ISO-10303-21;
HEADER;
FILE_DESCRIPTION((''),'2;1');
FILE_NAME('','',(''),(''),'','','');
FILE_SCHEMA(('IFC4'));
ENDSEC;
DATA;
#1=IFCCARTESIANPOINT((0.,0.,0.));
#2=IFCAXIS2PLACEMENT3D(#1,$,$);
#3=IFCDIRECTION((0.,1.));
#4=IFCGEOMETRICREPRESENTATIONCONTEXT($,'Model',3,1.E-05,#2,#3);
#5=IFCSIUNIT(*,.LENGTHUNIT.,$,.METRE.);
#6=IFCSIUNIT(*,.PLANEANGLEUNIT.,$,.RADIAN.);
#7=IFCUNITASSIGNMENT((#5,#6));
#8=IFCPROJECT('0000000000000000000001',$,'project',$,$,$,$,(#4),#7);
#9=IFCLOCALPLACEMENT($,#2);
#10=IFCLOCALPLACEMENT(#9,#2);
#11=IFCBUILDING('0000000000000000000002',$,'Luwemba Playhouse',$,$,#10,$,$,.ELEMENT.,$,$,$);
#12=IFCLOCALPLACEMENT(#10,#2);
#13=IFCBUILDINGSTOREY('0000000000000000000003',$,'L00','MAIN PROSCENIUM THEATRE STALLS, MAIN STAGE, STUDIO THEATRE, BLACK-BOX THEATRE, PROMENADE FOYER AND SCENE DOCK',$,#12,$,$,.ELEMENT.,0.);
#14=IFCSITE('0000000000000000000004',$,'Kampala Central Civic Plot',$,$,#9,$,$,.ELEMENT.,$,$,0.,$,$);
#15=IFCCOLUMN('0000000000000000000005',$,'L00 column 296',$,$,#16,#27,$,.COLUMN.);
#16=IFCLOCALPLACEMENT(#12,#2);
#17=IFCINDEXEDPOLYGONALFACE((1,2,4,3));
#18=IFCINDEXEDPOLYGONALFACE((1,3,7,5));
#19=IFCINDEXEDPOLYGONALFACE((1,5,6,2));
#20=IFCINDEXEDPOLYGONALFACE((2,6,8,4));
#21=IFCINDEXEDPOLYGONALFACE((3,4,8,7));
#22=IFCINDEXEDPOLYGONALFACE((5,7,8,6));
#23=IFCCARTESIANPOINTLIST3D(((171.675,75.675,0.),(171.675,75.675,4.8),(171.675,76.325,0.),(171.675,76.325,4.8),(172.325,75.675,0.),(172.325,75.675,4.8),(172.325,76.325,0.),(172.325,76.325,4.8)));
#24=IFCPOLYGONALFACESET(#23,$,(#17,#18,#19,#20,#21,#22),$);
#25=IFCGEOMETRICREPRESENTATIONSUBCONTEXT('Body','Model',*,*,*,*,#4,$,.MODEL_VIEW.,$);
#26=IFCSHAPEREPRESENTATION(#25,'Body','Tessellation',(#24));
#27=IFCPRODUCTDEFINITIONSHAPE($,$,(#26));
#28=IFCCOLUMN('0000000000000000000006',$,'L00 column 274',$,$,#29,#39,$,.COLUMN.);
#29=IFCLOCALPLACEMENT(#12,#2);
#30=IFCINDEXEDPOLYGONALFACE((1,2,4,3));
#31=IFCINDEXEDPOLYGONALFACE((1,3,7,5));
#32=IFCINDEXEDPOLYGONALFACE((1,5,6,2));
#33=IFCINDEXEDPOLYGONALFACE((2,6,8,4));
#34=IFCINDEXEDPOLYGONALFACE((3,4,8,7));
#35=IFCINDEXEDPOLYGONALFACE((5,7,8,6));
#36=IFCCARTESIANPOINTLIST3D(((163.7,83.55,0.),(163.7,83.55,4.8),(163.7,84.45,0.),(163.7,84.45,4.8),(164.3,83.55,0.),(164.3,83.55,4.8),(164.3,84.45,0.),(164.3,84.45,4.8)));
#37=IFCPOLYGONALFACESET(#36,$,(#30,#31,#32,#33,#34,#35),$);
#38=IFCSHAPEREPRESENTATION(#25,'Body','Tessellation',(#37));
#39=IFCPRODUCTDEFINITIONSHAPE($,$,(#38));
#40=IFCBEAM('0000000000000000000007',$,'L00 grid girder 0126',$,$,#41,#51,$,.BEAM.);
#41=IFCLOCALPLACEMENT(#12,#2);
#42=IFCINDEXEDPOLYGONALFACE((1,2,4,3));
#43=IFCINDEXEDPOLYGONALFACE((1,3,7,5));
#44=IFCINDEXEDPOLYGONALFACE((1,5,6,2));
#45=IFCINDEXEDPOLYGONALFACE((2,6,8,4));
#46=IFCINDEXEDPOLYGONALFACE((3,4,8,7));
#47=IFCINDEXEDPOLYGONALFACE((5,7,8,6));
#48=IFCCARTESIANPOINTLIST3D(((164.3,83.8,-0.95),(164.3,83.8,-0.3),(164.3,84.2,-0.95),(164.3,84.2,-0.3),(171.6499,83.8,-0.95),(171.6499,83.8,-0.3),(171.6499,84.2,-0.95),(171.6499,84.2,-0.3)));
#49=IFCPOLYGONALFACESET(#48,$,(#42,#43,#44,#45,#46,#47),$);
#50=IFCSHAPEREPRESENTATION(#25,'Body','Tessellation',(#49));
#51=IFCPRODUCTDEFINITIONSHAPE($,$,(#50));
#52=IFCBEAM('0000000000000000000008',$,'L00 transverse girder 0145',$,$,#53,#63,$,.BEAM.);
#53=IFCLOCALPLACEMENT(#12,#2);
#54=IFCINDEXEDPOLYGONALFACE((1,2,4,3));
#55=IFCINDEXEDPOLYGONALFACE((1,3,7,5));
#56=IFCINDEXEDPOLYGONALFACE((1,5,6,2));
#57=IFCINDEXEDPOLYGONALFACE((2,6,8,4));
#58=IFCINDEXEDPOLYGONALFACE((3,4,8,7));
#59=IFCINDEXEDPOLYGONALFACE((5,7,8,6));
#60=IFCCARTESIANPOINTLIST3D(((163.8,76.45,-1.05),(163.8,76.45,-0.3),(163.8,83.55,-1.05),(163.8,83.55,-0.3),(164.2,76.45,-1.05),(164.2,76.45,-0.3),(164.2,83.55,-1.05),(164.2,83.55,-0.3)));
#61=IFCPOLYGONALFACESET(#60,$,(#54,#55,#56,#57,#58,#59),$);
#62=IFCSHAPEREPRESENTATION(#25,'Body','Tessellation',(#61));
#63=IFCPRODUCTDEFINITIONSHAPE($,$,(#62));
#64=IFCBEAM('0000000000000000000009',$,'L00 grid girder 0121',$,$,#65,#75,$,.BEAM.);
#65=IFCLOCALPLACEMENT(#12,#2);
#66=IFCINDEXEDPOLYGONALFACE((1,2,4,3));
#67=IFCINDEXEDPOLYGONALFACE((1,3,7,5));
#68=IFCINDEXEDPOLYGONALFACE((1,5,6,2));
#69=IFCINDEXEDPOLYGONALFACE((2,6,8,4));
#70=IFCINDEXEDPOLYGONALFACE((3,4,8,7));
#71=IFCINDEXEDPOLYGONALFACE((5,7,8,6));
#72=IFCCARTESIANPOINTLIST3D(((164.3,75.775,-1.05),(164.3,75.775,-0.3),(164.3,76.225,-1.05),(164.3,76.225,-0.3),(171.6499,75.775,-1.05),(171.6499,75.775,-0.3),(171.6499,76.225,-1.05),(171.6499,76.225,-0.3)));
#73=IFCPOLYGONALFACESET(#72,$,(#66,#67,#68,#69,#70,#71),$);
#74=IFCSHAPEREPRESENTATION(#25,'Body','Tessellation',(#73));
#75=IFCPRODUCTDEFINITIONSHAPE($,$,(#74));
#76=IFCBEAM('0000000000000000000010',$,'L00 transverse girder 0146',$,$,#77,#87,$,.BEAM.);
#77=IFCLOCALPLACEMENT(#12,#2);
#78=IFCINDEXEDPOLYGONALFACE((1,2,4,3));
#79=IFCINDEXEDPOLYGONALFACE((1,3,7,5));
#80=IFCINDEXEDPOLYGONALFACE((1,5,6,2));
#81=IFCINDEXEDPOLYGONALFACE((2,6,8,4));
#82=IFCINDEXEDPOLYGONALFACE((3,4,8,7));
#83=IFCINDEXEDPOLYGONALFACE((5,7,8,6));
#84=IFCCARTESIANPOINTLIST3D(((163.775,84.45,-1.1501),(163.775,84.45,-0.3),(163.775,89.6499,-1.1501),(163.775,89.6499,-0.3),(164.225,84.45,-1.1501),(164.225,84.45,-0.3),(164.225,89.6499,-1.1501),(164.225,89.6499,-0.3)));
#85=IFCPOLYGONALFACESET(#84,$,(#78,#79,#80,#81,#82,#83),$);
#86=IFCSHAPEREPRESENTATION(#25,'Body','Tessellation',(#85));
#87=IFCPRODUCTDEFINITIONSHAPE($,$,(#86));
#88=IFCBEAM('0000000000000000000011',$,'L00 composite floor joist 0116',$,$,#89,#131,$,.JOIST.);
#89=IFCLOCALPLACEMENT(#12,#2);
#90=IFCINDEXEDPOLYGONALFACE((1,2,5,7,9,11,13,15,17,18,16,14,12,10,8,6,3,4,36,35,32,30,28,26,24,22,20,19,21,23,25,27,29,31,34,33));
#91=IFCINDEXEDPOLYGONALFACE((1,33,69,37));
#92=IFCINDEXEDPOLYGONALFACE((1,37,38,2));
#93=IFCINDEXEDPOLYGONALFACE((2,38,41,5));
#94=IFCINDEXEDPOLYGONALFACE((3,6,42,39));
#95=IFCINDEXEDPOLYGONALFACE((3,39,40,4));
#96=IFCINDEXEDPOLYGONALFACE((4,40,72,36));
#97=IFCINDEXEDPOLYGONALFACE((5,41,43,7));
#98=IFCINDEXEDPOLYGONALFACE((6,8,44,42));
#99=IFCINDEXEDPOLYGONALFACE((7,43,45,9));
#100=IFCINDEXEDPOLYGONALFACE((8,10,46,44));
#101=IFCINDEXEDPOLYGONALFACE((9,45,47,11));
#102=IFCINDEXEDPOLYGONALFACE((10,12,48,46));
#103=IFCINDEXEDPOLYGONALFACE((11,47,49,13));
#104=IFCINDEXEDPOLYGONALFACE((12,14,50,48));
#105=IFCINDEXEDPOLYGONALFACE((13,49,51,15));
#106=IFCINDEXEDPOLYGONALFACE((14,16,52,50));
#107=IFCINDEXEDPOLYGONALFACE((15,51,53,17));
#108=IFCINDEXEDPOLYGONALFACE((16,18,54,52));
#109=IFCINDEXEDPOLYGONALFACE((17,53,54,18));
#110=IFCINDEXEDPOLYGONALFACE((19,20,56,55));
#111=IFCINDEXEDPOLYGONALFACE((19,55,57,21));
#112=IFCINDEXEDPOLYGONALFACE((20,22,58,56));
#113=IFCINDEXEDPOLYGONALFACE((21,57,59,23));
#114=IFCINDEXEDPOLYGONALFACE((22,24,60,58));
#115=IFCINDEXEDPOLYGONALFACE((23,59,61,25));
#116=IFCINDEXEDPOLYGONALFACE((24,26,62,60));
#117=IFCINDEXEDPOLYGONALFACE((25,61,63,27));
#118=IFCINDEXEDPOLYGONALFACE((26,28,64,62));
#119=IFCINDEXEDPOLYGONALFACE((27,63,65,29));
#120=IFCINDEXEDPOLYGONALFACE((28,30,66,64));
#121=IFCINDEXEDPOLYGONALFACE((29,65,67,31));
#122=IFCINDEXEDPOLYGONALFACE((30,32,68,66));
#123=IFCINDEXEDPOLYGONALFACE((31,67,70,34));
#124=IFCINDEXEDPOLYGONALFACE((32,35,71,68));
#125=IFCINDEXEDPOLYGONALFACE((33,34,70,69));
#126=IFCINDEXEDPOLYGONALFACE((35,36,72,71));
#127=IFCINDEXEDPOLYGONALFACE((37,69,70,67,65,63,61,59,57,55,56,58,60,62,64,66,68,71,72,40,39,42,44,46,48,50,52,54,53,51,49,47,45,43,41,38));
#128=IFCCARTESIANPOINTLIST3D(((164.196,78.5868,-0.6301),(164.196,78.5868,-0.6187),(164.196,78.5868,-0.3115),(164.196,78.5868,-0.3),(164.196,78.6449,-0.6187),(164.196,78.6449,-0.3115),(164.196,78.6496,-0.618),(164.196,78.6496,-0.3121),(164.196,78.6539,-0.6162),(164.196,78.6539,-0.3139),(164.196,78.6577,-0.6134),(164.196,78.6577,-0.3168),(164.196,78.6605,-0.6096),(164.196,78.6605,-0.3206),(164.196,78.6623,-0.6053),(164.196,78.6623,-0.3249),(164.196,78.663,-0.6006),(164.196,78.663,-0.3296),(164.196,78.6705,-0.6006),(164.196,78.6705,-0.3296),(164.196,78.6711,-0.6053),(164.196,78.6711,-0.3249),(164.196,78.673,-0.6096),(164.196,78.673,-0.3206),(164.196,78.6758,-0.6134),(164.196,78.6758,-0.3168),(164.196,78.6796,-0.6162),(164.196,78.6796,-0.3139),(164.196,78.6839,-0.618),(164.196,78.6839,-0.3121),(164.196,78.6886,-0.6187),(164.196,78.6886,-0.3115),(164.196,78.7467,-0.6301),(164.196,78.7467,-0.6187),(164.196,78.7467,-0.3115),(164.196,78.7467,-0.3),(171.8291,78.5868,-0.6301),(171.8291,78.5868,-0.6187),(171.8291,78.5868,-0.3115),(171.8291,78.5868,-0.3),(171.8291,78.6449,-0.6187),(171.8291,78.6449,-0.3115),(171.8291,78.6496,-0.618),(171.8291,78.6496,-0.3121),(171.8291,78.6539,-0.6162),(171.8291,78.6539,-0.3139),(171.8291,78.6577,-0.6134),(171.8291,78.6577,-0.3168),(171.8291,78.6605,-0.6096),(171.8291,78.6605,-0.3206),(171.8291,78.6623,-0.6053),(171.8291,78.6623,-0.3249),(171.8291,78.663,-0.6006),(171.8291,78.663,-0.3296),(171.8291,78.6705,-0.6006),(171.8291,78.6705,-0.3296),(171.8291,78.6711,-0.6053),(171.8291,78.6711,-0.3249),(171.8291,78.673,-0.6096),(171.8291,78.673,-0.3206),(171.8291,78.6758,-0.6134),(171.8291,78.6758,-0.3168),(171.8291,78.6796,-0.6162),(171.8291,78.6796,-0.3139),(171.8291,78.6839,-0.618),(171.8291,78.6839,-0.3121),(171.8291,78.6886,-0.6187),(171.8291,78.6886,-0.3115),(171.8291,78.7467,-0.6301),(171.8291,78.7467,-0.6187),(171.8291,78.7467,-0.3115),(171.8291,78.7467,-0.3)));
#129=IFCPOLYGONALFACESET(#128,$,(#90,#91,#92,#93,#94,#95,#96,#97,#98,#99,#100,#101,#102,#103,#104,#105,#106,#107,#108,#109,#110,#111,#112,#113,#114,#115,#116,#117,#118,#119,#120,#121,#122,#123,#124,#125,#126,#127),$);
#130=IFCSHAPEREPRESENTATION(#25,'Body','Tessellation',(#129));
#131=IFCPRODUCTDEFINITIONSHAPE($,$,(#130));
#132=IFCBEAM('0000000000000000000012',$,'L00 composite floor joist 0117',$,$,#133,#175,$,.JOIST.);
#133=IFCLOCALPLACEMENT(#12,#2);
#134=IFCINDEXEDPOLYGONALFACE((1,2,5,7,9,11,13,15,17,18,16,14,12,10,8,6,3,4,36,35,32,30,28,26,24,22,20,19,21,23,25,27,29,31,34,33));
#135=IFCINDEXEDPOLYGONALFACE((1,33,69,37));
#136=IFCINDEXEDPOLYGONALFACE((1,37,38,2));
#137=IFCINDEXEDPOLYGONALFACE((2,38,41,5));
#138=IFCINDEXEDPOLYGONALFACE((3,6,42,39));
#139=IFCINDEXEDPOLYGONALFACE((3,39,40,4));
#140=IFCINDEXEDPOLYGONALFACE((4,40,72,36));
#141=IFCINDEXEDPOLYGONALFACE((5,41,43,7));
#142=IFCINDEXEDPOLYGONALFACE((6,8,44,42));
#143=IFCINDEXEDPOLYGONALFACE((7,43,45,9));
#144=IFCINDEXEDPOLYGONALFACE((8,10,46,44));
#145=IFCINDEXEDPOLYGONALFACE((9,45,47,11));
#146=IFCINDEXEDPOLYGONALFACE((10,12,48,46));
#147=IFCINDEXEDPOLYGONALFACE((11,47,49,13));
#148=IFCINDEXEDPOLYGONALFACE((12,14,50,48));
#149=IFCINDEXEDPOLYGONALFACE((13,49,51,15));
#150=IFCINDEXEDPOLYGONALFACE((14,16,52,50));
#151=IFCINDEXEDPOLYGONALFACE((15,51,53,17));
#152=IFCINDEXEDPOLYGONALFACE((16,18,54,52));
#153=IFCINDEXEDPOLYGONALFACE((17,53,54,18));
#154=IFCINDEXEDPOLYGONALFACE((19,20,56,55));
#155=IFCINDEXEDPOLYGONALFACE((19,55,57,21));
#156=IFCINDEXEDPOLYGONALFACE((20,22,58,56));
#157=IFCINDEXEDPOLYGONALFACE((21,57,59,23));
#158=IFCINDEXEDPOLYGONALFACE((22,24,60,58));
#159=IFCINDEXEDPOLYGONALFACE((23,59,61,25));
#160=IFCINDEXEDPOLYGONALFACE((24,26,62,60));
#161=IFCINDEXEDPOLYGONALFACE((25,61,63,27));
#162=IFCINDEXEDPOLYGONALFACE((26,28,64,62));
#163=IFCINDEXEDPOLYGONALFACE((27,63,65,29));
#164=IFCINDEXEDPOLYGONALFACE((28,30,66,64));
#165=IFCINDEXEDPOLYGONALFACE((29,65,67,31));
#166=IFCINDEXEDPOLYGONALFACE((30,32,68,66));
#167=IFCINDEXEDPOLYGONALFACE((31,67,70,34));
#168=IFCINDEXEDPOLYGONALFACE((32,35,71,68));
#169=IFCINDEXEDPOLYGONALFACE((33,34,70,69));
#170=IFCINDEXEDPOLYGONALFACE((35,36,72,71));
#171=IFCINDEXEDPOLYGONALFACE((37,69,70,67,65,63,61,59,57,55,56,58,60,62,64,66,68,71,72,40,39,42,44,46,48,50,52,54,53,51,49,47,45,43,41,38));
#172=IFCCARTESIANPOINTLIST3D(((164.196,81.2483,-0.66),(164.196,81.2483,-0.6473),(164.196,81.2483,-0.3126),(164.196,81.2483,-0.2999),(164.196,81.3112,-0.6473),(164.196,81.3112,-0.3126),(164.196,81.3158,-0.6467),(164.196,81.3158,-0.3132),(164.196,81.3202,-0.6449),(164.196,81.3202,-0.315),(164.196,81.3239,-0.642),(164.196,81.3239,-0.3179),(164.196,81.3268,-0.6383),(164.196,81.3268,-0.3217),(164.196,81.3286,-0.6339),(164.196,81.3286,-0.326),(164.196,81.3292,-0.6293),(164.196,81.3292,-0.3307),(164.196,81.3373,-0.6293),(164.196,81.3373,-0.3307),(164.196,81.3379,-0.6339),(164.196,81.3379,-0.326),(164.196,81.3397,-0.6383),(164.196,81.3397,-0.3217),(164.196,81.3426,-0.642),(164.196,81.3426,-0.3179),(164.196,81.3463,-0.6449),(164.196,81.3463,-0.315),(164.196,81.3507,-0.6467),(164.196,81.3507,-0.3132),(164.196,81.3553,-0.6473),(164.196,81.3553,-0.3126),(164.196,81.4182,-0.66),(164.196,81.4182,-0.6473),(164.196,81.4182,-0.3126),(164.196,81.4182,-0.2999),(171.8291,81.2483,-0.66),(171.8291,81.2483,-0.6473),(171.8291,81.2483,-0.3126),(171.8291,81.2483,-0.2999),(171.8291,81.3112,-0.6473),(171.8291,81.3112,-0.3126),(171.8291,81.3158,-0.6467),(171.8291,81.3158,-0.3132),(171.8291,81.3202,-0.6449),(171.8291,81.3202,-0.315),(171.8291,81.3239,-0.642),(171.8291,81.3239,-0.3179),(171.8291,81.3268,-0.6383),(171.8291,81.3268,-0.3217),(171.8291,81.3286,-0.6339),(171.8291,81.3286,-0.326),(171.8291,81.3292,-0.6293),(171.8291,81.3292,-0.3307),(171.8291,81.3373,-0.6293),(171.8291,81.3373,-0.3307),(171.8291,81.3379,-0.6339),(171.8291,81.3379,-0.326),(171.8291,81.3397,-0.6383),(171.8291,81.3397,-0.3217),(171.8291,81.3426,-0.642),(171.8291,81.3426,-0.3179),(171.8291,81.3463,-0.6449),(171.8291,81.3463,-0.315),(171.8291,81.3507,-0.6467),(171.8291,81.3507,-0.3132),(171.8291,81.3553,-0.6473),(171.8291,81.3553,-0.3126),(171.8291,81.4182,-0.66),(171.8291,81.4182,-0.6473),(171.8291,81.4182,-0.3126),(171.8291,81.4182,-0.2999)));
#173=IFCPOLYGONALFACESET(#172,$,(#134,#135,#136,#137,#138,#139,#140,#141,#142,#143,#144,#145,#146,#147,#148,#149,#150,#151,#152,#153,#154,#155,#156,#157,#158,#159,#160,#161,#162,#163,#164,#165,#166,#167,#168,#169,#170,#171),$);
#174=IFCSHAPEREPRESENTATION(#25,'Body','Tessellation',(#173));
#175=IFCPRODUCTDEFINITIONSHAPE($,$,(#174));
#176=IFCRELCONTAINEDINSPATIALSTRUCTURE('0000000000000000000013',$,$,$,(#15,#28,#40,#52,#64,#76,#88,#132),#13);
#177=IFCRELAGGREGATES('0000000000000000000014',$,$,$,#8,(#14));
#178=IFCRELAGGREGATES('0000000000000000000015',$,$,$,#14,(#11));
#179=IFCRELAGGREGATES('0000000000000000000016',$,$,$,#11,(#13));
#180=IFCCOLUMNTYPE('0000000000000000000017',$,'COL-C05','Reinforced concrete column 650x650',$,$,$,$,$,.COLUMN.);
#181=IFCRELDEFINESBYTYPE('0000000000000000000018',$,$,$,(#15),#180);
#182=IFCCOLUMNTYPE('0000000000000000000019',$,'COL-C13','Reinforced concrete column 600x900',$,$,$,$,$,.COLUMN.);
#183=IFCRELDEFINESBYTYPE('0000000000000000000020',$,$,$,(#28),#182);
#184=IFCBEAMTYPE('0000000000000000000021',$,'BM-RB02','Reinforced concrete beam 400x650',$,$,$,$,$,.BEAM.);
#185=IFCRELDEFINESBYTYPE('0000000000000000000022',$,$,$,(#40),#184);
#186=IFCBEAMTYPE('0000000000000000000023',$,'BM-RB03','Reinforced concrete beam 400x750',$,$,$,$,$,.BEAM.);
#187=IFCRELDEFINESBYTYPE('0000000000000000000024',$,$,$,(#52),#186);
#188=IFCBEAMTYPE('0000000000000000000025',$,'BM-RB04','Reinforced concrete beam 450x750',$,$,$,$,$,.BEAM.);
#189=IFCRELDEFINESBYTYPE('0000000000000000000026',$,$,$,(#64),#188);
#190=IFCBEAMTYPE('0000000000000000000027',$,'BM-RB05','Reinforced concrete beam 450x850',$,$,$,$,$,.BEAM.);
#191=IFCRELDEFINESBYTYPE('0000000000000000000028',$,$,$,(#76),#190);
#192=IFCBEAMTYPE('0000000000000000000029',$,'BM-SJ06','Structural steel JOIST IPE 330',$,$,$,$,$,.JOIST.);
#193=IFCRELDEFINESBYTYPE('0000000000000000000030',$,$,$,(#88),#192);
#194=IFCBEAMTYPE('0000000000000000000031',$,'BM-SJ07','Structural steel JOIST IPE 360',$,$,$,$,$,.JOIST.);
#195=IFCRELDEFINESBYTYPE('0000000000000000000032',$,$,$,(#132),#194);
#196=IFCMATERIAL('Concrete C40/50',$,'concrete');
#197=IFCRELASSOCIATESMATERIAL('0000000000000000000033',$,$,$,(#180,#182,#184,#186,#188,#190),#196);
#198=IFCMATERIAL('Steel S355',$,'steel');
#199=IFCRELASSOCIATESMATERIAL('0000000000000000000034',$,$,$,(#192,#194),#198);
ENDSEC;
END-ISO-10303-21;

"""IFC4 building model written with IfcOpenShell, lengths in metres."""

from ifc_helpers import new_model, si_unit, direction, frame, origin, origin_2d, place, context, subcontext, project, spatial, rectangle, i_section, extrude, material, material_profile, profile_set, type_object, element, save


model = new_model("IFC4")

# Units and contexts
model_context = context("Model", 3, precision=1e-05, world=origin(), true_north=direction((0.0, 1.0)))
body_context = subcontext(model_context, "Body", "Model", "MODEL_VIEW")
ifc_project = project(units=[si_unit("LENGTHUNIT", "METRE"), si_unit("PLANEANGLEUNIT", "RADIAN")], contexts=[model_context])

# Site, building, storey
site_placement = place(None, origin())
site = spatial("IfcSite", under=ifc_project, at=site_placement, Name="Kampala Central Civic Plot", CompositionType="ELEMENT", RefElevation=0.0)
building_placement = place(site_placement, origin())
building = spatial("IfcBuilding", under=site, at=building_placement, Name="Luwemba Playhouse", CompositionType="ELEMENT")
storey_placement = place(building_placement, origin())
storey = spatial("IfcBuildingStorey", under=building, at=storey_placement, Name="L00", Description="MAIN PROSCENIUM THEATRE STALLS, MAIN STAGE, STUDIO THEATRE, BLACK-BOX THEATRE, PROMENADE FOYER AND SCENE DOCK", CompositionType="ELEMENT", Elevation=0.0)

# Columns
ifc_material_1 = material(Name="Concrete C40/50", Category="concrete")
ifc_material_profile_1 = material_profile(ifc_material_1, rectangle(XDim=0.6499, YDim=0.6499, at=origin_2d()))
ifc_profile_set_1 = profile_set([ifc_material_profile_1], Name="Concrete C40/50")
column_type_1 = type_object("IfcColumnType", Name="COL-C05", Description="Reinforced concrete column 650x650", PredefinedType="COLUMN", material=ifc_profile_set_1)
column_1_placement = place(storey_placement, frame((172.0, 76.0, 0.0), z_axis=(0.0, 0.0, 1.0), x_axis=(1.0, 0.0, 0.0)))
element("IfcColumn", 1, at=column_1_placement, inside=storey, type_object=column_type_1, Name="L00 column 296", PredefinedType="COLUMN", context=body_context, shape_type="SweptSolid", body=[
    extrude(rectangle(XDim=0.6499, YDim=0.6499, at=origin_2d()), origin(), (0.0, 0.0, 1.0), 4.8),
])
ifc_material_profile_2 = material_profile(ifc_material_1, rectangle(XDim=0.6001, YDim=0.8999, at=origin_2d()))
ifc_profile_set_2 = profile_set([ifc_material_profile_2], Name="Concrete C40/50")
column_type_2 = type_object("IfcColumnType", Name="COL-C13", Description="Reinforced concrete column 600x900", PredefinedType="COLUMN", material=ifc_profile_set_2)
column_2_placement = place(storey_placement, frame((164.0, 84.0, 0.0), z_axis=(0.0, 0.0, 1.0), x_axis=(1.0, 0.0, 0.0)))
element("IfcColumn", 2, at=column_2_placement, inside=storey, type_object=column_type_2, Name="L00 column 274", PredefinedType="COLUMN", context=body_context, shape_type="SweptSolid", body=[
    extrude(rectangle(XDim=0.6001, YDim=0.8999, at=origin_2d()), origin(), (0.0, 0.0, 1.0), 4.8),
])

# Beams
ifc_material_profile_3 = material_profile(ifc_material_1, rectangle(XDim=0.3999, YDim=0.6499, at=origin_2d()))
ifc_profile_set_3 = profile_set([ifc_material_profile_3], Name="Concrete C40/50")
beam_type_1 = type_object("IfcBeamType", Name="BM-RB02", Description="Reinforced concrete beam 400x650", PredefinedType="BEAM", material=ifc_profile_set_3)
beam_1_placement = place(storey_placement, frame((164.3, 84.0, -0.625), z_axis=(1.0, 0.0, 0.0), x_axis=(0.0, 1.0, 0.0)))
element("IfcBeam", 3, at=beam_1_placement, inside=storey, type_object=beam_type_1, Name="L00 grid girder 0126", PredefinedType="BEAM", context=body_context, shape_type="SweptSolid", body=[
    extrude(rectangle(XDim=0.3999, YDim=0.6499, at=origin_2d()), origin(), (0.0, 0.0, 1.0), 7.3499),
])
ifc_material_profile_4 = material_profile(ifc_material_1, rectangle(XDim=0.3999, YDim=0.75, at=origin_2d()))
ifc_profile_set_4 = profile_set([ifc_material_profile_4], Name="Concrete C40/50")
beam_type_2 = type_object("IfcBeamType", Name="BM-RB03", Description="Reinforced concrete beam 400x750", PredefinedType="BEAM", material=ifc_profile_set_4)
beam_2_placement = place(storey_placement, frame((164.0, 76.45, -0.675), z_axis=(0.0, 1.0, 0.0), x_axis=(-1.0, 0.0, 0.0)))
element("IfcBeam", 4, at=beam_2_placement, inside=storey, type_object=beam_type_2, Name="L00 transverse girder 0145", PredefinedType="BEAM", context=body_context, shape_type="SweptSolid", body=[
    extrude(rectangle(XDim=0.3999, YDim=0.75, at=origin_2d()), origin(), (0.0, 0.0, 1.0), 7.1001),
])
ifc_material_profile_5 = material_profile(ifc_material_1, rectangle(XDim=0.45, YDim=0.75, at=origin_2d()))
ifc_profile_set_5 = profile_set([ifc_material_profile_5], Name="Concrete C40/50")
beam_type_3 = type_object("IfcBeamType", Name="BM-RB04", Description="Reinforced concrete beam 450x750", PredefinedType="BEAM", material=ifc_profile_set_5)
beam_3_placement = place(storey_placement, frame((164.3, 76.0, -0.675), z_axis=(1.0, 0.0, 0.0), x_axis=(0.0, 1.0, 0.0)))
element("IfcBeam", 5, at=beam_3_placement, inside=storey, type_object=beam_type_3, Name="L00 grid girder 0121", PredefinedType="BEAM", context=body_context, shape_type="SweptSolid", body=[
    extrude(rectangle(XDim=0.45, YDim=0.75, at=origin_2d()), origin(), (0.0, 0.0, 1.0), 7.3499),
])
ifc_material_profile_6 = material_profile(ifc_material_1, rectangle(XDim=0.45, YDim=0.8501, at=origin_2d()))
ifc_profile_set_6 = profile_set([ifc_material_profile_6], Name="Concrete C40/50")
beam_type_4 = type_object("IfcBeamType", Name="BM-RB05", Description="Reinforced concrete beam 450x850", PredefinedType="BEAM", material=ifc_profile_set_6)
beam_4_placement = place(storey_placement, frame((164.0, 84.45, -0.7251), z_axis=(0.0, 1.0, 0.0), x_axis=(-1.0, 0.0, 0.0)))
element("IfcBeam", 6, at=beam_4_placement, inside=storey, type_object=beam_type_4, Name="L00 transverse girder 0146", PredefinedType="BEAM", context=body_context, shape_type="SweptSolid", body=[
    extrude(rectangle(XDim=0.45, YDim=0.8501, at=origin_2d()), origin(), (0.0, 0.0, 1.0), 5.2),
])
ifc_material_2 = material(Name="Steel S355", Category="steel")
ifc_material_profile_7 = material_profile(ifc_material_2, i_section(OverallWidth=0.1599, OverallDepth=0.3301, WebThickness=0.0076, FlangeThickness=0.0115, FilletRadius=0.0181, at=origin_2d()))
ifc_profile_set_7 = profile_set([ifc_material_profile_7], Name="Steel S355")
beam_type_5 = type_object("IfcBeamType", Name="BM-SJ06", Description="Structural steel JOIST IPE 330", PredefinedType="JOIST", material=ifc_profile_set_7)
beam_5_placement = place(storey_placement, frame((164.196, 78.6667, -0.4651), z_axis=(1.0, 0.0, 0.0), x_axis=(0.0, 1.0, 0.0)))
element("IfcBeam", 7, at=beam_5_placement, inside=storey, type_object=beam_type_5, Name="L00 composite floor joist 0116", PredefinedType="JOIST", context=body_context, shape_type="SweptSolid", body=[
    extrude(i_section(OverallWidth=0.1599, OverallDepth=0.3301, WebThickness=0.0076, FlangeThickness=0.0115, FilletRadius=0.0181, at=origin_2d()), origin(), (0.0, 0.0, 1.0), 7.6331),
])
ifc_material_profile_8 = material_profile(ifc_material_2, i_section(OverallWidth=0.1699, OverallDepth=0.3601, WebThickness=0.0081, FlangeThickness=0.0127, FilletRadius=0.0181, at=origin_2d()))
ifc_profile_set_8 = profile_set([ifc_material_profile_8], Name="Steel S355")
beam_type_6 = type_object("IfcBeamType", Name="BM-SJ07", Description="Structural steel JOIST IPE 360", PredefinedType="JOIST", material=ifc_profile_set_8)
beam_6_placement = place(storey_placement, frame((164.196, 81.3333, -0.48), z_axis=(1.0, 0.0, 0.0), x_axis=(0.0, 1.0, 0.0)))
element("IfcBeam", 8, at=beam_6_placement, inside=storey, type_object=beam_type_6, Name="L00 composite floor joist 0117", PredefinedType="JOIST", context=body_context, shape_type="SweptSolid", body=[
    extrude(i_section(OverallWidth=0.1699, OverallDepth=0.3601, WebThickness=0.0081, FlangeThickness=0.0127, FilletRadius=0.0181, at=origin_2d()), origin(), (0.0, 0.0, 1.0), 7.6331),
])

save(model, "model.ifc")
